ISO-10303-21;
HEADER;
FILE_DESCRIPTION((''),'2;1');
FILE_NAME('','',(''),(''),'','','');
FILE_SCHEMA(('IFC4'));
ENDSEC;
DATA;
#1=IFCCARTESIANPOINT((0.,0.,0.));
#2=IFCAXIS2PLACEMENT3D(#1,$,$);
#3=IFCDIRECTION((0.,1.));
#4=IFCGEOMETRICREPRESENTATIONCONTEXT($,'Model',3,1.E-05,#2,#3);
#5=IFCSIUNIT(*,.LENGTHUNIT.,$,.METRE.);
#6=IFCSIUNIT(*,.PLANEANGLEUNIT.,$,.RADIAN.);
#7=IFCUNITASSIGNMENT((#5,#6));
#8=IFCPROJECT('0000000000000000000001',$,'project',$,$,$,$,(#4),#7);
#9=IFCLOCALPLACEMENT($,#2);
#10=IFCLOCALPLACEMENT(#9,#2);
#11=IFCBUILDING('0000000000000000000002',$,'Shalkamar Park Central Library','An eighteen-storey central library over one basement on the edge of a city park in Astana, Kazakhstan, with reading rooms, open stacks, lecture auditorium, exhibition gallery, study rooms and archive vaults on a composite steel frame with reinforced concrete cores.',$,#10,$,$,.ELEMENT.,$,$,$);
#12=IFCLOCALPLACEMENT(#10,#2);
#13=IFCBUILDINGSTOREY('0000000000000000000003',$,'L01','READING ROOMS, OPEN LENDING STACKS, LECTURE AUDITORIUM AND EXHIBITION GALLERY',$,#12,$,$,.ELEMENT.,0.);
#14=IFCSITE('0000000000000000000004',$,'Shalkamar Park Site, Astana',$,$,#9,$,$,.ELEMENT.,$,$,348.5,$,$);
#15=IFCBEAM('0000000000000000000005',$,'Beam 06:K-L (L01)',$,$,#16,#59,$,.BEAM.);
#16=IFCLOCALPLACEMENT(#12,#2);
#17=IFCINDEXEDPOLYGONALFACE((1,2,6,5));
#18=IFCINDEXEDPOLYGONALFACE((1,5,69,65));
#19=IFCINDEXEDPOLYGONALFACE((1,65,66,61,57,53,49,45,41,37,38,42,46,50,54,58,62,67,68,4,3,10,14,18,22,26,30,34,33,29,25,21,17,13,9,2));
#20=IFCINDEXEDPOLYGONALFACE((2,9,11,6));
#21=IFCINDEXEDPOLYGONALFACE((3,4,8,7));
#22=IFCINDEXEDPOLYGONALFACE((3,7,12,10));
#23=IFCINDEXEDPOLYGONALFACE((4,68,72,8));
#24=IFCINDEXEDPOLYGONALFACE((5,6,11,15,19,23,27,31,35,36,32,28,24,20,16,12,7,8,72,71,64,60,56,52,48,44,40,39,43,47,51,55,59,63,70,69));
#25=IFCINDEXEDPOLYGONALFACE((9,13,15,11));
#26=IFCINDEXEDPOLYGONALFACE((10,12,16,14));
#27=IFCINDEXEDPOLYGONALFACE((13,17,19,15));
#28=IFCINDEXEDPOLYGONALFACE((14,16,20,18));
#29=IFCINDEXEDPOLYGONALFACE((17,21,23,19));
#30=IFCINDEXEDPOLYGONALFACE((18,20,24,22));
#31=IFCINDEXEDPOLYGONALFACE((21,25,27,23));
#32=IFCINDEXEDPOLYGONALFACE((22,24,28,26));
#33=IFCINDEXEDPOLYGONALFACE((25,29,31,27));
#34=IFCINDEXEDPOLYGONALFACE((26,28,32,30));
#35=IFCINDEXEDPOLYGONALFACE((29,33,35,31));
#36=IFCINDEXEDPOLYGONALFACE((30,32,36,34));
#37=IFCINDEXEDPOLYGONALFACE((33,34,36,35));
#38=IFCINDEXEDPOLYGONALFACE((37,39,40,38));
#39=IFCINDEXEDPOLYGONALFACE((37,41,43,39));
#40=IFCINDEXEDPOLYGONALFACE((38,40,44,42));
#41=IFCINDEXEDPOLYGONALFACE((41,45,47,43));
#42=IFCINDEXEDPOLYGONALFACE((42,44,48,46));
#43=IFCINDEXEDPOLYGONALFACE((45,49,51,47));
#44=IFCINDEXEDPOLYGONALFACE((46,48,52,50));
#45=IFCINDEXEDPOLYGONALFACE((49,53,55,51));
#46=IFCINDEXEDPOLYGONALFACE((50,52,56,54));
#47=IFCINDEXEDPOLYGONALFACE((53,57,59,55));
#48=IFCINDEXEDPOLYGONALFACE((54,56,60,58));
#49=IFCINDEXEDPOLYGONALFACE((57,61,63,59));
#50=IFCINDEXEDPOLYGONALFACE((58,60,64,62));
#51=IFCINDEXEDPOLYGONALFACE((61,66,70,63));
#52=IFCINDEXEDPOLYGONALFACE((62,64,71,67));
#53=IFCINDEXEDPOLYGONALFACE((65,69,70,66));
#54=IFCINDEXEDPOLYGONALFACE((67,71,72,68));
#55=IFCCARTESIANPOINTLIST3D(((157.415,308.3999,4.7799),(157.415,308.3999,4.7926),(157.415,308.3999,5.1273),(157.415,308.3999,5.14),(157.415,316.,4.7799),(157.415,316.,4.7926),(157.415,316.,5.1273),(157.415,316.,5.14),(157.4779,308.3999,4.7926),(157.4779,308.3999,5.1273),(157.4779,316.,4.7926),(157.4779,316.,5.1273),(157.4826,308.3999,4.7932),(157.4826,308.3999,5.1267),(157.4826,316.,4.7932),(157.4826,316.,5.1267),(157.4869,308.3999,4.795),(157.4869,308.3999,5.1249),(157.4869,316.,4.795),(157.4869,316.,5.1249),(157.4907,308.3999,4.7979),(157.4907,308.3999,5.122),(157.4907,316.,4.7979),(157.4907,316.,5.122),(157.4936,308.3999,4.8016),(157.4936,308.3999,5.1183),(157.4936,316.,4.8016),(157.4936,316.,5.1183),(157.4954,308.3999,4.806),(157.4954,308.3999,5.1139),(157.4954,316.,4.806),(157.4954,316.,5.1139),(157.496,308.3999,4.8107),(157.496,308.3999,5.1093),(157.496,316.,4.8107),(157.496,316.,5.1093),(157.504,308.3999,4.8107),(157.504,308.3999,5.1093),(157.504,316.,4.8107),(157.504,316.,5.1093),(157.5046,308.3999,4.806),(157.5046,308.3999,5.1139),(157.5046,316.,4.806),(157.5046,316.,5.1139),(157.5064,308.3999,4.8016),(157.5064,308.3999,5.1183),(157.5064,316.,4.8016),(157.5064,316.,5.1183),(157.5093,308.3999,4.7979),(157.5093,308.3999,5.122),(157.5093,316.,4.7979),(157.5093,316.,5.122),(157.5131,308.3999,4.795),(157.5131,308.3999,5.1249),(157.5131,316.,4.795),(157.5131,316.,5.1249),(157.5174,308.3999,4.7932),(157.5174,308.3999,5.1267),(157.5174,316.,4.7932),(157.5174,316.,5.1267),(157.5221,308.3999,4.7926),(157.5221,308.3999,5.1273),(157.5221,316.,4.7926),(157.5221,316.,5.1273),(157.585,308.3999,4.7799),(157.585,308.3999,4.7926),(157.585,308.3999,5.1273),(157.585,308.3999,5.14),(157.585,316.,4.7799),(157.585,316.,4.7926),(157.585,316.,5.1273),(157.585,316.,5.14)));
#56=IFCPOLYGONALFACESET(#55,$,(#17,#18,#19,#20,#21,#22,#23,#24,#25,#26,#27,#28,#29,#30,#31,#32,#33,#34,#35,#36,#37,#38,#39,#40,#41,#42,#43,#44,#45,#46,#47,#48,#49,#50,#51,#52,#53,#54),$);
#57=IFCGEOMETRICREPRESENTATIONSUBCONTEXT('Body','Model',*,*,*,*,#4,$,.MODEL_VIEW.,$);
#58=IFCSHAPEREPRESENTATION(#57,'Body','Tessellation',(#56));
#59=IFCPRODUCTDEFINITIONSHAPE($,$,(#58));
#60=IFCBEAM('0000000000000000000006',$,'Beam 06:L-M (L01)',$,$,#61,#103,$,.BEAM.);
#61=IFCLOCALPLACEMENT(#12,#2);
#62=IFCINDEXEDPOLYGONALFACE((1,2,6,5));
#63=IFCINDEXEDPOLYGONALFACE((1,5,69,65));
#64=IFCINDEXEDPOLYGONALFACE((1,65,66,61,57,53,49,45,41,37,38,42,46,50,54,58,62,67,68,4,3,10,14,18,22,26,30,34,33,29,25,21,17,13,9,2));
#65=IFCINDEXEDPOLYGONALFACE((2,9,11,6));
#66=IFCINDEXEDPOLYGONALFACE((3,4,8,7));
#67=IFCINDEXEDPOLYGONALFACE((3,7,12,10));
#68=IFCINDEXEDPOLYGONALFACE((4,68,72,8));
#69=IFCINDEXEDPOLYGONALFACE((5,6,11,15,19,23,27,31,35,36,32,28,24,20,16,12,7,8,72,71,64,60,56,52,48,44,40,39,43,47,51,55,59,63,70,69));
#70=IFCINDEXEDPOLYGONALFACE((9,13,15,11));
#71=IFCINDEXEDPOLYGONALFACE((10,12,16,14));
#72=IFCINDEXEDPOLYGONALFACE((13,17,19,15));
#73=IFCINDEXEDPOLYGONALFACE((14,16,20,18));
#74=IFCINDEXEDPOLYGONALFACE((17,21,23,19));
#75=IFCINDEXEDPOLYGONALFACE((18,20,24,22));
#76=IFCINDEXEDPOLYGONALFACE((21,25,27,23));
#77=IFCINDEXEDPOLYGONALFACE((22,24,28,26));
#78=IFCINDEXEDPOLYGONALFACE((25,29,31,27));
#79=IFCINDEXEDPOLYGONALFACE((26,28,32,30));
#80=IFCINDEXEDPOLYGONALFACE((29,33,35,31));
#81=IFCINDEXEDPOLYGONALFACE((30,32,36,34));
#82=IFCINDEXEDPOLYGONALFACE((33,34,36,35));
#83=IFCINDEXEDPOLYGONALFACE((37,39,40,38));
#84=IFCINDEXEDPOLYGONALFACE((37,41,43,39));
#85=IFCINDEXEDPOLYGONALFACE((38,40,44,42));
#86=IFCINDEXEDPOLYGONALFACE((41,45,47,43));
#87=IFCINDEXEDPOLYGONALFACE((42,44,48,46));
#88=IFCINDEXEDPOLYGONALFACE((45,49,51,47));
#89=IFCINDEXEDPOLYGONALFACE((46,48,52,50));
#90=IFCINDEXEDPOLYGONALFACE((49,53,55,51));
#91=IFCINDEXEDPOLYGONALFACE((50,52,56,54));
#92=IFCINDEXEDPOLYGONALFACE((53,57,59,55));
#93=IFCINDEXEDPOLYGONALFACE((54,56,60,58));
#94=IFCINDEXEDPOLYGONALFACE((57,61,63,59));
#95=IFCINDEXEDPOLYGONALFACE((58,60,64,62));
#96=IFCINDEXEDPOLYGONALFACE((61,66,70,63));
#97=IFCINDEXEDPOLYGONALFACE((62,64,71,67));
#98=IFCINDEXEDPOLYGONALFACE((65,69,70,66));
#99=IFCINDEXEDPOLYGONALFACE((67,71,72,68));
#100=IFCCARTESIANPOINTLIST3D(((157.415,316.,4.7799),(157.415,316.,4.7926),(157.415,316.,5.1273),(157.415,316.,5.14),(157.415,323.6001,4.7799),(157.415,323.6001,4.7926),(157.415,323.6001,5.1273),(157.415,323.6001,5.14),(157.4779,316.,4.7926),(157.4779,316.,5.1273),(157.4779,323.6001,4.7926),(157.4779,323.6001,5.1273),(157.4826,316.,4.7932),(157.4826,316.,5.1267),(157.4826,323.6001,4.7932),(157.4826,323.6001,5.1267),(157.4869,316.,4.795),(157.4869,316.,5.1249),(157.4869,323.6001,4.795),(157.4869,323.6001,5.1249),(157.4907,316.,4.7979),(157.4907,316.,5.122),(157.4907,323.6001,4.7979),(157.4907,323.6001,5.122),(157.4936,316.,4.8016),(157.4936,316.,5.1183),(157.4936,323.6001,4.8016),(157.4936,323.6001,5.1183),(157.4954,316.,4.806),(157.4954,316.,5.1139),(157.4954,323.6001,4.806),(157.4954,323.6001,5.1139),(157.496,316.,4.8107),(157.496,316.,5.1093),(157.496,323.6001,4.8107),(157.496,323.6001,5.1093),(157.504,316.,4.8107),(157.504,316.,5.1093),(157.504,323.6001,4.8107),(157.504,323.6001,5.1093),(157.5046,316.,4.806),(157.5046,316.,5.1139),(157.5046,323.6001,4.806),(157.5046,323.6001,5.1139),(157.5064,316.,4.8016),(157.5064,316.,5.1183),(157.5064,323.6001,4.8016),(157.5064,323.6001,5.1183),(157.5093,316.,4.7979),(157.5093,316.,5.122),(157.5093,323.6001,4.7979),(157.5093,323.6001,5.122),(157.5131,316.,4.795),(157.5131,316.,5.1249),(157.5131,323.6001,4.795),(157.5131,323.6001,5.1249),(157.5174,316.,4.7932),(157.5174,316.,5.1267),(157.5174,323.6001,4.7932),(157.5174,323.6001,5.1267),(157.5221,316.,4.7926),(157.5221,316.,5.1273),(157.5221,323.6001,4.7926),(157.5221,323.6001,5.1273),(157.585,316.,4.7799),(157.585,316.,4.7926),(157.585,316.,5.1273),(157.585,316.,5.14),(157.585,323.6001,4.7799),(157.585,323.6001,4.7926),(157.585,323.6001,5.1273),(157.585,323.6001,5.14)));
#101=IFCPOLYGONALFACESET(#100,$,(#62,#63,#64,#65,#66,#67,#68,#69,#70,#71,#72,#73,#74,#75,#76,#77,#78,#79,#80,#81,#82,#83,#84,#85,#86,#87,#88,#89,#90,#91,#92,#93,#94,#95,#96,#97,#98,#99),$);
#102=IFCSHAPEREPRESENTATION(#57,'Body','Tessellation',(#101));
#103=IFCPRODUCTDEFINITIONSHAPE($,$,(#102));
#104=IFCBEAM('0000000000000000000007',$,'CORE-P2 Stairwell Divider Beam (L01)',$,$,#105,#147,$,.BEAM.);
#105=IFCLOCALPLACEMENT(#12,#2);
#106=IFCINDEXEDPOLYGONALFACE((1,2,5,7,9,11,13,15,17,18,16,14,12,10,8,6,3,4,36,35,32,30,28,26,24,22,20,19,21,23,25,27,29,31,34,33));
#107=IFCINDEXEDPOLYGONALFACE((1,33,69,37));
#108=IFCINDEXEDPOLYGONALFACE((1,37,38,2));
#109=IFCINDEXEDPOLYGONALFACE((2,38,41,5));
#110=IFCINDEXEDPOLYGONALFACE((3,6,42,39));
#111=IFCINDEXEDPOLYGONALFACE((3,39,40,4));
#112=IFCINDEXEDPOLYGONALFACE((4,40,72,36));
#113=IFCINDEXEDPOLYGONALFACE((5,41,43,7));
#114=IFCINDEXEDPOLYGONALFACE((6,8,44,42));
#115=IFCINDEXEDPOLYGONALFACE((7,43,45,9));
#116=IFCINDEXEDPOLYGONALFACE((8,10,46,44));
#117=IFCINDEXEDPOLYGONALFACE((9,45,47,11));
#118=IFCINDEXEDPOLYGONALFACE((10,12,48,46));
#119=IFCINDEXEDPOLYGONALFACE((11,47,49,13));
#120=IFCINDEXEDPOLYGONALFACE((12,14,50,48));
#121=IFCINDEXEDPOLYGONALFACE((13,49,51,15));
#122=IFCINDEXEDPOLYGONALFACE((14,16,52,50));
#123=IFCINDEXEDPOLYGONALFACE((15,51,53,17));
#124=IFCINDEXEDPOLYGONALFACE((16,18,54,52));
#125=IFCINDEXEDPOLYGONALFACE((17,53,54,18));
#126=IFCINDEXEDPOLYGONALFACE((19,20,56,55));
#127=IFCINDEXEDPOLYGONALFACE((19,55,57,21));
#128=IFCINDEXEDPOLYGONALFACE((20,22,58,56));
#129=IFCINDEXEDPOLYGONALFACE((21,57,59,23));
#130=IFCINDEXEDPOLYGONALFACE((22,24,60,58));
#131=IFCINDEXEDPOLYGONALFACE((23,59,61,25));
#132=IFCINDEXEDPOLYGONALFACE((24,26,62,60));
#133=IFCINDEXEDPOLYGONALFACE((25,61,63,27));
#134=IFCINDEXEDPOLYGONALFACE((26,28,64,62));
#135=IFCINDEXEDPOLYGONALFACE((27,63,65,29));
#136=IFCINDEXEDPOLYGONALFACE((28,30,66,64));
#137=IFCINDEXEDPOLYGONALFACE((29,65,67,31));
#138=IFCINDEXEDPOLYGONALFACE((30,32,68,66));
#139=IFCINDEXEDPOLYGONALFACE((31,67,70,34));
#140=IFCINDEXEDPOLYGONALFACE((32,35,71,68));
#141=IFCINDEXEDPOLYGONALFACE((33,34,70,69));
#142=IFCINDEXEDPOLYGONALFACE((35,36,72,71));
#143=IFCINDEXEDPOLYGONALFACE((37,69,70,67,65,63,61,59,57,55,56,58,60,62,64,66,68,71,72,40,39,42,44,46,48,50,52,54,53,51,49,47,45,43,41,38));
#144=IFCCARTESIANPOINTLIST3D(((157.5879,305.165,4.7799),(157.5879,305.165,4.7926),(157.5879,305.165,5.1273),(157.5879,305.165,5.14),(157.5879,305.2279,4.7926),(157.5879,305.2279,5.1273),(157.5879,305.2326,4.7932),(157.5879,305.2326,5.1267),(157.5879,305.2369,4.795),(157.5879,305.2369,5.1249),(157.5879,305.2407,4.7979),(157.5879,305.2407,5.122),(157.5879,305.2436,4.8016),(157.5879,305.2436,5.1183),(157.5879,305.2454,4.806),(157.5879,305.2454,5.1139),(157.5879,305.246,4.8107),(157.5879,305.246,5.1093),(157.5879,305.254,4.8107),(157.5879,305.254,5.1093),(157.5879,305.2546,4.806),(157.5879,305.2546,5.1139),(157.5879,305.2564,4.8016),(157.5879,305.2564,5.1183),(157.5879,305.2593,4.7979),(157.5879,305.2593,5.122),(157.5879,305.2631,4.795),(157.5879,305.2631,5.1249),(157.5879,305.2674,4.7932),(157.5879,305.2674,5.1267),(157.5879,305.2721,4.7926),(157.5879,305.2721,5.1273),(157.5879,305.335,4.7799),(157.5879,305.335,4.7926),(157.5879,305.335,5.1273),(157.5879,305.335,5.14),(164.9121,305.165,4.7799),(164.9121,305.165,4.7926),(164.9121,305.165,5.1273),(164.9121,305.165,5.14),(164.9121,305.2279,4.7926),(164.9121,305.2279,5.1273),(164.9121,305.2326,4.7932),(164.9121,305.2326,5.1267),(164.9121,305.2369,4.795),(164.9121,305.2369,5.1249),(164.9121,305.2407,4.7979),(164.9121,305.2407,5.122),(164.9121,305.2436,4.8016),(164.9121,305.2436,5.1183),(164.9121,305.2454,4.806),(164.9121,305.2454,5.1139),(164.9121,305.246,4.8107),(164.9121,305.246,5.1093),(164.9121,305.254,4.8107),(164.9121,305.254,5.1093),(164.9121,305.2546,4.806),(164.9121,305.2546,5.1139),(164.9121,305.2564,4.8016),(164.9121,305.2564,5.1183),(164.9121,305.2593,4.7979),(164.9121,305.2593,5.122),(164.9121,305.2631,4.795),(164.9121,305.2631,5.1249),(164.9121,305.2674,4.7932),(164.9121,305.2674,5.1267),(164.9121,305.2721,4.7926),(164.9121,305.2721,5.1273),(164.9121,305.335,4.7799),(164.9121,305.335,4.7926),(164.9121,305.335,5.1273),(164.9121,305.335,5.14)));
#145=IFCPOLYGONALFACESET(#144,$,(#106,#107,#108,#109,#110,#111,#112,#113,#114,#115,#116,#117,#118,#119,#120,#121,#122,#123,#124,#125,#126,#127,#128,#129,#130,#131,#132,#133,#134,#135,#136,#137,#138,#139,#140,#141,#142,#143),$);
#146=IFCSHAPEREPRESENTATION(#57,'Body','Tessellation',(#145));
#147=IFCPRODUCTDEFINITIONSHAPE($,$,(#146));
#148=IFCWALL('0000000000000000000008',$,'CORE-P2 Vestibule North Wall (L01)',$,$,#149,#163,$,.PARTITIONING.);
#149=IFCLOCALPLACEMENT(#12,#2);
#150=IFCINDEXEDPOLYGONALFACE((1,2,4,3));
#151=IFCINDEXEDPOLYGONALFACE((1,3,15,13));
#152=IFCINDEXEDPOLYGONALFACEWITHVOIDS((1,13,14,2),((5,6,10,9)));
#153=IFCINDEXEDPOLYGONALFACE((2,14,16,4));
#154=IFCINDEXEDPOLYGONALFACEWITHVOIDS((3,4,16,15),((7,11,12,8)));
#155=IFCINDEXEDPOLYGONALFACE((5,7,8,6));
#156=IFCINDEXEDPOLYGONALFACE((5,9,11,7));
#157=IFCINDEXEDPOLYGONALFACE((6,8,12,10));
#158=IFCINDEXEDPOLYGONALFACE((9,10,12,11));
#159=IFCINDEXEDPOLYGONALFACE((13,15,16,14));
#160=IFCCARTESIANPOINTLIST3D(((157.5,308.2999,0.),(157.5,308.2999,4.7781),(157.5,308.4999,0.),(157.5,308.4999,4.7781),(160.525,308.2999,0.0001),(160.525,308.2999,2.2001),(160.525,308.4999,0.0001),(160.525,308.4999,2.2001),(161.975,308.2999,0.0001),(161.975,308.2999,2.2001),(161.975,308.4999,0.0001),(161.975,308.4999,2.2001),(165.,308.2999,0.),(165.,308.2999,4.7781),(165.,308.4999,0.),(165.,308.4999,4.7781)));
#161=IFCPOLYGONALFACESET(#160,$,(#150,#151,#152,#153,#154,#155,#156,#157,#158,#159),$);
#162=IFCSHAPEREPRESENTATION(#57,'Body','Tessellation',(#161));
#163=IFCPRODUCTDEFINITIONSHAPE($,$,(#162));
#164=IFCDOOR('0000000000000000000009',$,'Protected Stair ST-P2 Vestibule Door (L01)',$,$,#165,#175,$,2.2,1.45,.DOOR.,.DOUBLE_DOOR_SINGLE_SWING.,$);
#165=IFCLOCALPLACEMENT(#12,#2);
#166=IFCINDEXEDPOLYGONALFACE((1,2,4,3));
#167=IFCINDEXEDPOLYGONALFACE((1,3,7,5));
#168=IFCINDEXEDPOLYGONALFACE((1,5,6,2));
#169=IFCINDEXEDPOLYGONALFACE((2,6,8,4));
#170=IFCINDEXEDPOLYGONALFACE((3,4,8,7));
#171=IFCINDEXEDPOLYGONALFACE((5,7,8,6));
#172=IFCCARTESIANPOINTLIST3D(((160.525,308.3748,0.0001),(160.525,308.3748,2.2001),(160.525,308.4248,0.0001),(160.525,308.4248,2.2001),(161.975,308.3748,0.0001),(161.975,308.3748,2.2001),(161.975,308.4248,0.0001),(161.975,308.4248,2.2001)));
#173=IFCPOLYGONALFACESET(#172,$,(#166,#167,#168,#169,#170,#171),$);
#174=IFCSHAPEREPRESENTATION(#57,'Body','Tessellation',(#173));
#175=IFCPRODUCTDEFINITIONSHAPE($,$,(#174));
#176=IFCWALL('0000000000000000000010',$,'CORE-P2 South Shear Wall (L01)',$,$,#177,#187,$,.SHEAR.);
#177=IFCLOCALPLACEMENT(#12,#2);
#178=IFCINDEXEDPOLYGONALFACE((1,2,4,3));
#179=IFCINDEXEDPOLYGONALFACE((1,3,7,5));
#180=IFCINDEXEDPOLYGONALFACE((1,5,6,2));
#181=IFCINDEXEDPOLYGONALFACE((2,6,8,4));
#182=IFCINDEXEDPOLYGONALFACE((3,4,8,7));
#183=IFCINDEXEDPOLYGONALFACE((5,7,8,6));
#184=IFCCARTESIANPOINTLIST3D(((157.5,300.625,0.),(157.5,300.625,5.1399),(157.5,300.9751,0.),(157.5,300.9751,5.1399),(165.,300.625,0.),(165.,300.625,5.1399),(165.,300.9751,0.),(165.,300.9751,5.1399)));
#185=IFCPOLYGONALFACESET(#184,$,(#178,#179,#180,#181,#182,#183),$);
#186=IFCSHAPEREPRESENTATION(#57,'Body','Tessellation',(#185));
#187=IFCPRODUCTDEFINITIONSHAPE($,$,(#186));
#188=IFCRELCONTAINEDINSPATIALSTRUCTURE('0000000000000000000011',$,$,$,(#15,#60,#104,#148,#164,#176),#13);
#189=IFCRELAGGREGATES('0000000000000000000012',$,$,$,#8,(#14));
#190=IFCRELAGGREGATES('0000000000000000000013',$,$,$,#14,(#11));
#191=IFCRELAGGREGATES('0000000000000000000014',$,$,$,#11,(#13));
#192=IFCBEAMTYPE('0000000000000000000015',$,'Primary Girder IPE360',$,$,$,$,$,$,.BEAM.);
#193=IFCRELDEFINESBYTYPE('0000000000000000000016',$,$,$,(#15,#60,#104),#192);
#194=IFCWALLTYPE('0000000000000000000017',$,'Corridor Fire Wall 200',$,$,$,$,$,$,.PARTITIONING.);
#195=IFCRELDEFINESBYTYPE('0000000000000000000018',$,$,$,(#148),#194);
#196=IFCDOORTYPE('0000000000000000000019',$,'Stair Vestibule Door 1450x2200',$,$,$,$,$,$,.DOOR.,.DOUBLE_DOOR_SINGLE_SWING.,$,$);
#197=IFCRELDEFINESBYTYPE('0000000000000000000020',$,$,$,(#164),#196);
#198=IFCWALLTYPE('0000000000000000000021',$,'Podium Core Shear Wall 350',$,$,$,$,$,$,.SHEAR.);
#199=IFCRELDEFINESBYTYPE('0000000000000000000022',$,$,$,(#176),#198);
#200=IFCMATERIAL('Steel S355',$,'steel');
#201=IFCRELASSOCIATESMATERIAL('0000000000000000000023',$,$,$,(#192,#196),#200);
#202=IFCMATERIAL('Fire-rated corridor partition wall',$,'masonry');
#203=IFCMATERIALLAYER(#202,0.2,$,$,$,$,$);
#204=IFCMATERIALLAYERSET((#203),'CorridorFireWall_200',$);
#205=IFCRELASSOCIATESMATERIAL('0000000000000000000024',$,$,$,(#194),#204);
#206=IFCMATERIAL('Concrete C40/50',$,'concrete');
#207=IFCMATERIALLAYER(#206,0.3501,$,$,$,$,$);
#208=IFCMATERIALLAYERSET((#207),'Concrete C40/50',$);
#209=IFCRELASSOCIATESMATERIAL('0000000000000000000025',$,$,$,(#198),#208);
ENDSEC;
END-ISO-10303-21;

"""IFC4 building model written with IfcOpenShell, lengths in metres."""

from ifc_helpers import new_model, si_unit, direction, frame, frame_2d, origin, origin_2d, place, context, subcontext, project, spatial, rectangle, i_section, extrude, material, layer, layer_set, material_profile, profile_set, type_object, element, fill, save


model = new_model("IFC4")

# Units and contexts
model_context = context("Model", 3, precision=1e-05, world=origin(), true_north=direction((0.0, 1.0)))
body_context = subcontext(model_context, "Body", "Model", "MODEL_VIEW")
ifc_project = project(units=[si_unit("LENGTHUNIT", "METRE"), si_unit("PLANEANGLEUNIT", "RADIAN")], contexts=[model_context])

# Site, building, storey
site_placement = place(None, origin())
site = spatial("IfcSite", under=ifc_project, at=site_placement, Name="Shalkamar Park Site, Astana", CompositionType="ELEMENT", RefElevation=348.5)
building_placement = place(site_placement, origin())
building = spatial("IfcBuilding", under=site, at=building_placement, Name="Shalkamar Park Central Library", Description="An eighteen-storey central library over one basement on the edge of a city park in Astana, Kazakhstan, with reading rooms, open stacks, lecture auditorium, exhibition gallery, study rooms and archive vaults on a composite steel frame with reinforced concrete cores.", CompositionType="ELEMENT")
storey_placement = place(building_placement, origin())
storey = spatial("IfcBuildingStorey", under=building, at=storey_placement, Name="L01", Description="READING ROOMS, OPEN LENDING STACKS, LECTURE AUDITORIUM AND EXHIBITION GALLERY", CompositionType="ELEMENT", Elevation=0.0)

# Shared definitions
ifc_material_1 = material(Name="Steel S355", Category="steel")

# Beams
ifc_material_profile_1 = material_profile(ifc_material_1, i_section(OverallWidth=0.1699, OverallDepth=0.3601, WebThickness=0.0081, FlangeThickness=0.0127, FilletRadius=0.0181, at=origin_2d()), Name="IPE 360")
ifc_profile_set_1 = profile_set([ifc_material_profile_1], Name="Steel S355")
beam_type = type_object("IfcBeamType", Name="Primary Girder IPE360", PredefinedType="BEAM", material=ifc_profile_set_1)
for number, where, z_axis, x_axis, name in (
    (1, (157.5, 308.3999, 4.96), (0.0, 1.0, 0.0), (-1.0, 0.0, 0.0), "Beam 06:K-L (L01)"),
    (2, (157.5, 316.0, 4.96), (0.0, 1.0, 0.0), (-1.0, 0.0, 0.0), "Beam 06:L-M (L01)"),
):
    element("IfcBeam", number, at=place(storey_placement, frame(where, z_axis=z_axis, x_axis=x_axis)), inside=storey, type_object=beam_type, Name=name, PredefinedType="BEAM", context=body_context, shape_type="SweptSolid", body=[
        extrude(i_section(OverallWidth=0.1699, OverallDepth=0.3601, WebThickness=0.0081, FlangeThickness=0.0127, FilletRadius=0.0181, at=origin_2d()), origin(), (0.0, 0.0, 1.0), 7.6001),
    ])
beam_1_placement = place(storey_placement, frame((157.5879, 305.25, 4.96), z_axis=(1.0, 0.0, 0.0), x_axis=(0.0, 1.0, 0.0)))
element("IfcBeam", 3, at=beam_1_placement, inside=storey, type_object=beam_type, Name="CORE-P2 Stairwell Divider Beam (L01)", PredefinedType="BEAM", context=body_context, shape_type="SweptSolid", body=[
    extrude(i_section(OverallWidth=0.1699, OverallDepth=0.3601, WebThickness=0.0081, FlangeThickness=0.0127, FilletRadius=0.0181, at=origin_2d()), origin(), (0.0, 0.0, 1.0), 7.3242),
])

# Wall, opening, door
ifc_material_2 = material(Name="Fire-rated corridor partition wall", Category="masonry")
ifc_layer_1 = layer(ifc_material_2, 0.2)
ifc_layer_set_1 = layer_set([ifc_layer_1], Name="CorridorFireWall_200")
wall_type_1 = type_object("IfcWallType", Name="Corridor Fire Wall 200", PredefinedType="PARTITIONING", material=ifc_layer_set_1)
wall_1_placement = place(storey_placement, frame((157.5, 308.3999, 0.0), z_axis=(0.0, 0.0, 1.0), x_axis=(1.0, 0.0, 0.0)))
wall_1 = element("IfcWall", 4, at=wall_1_placement, inside=storey, type_object=wall_type_1, Name="CORE-P2 Vestibule North Wall (L01)", PredefinedType="PARTITIONING", context=body_context, shape_type="SweptSolid", body=[
    extrude(rectangle(XDim=7.5, YDim=0.2, at=frame_2d((3.75, 0.0))), origin(), (0.0, 0.0, 1.0), 4.7781),
])
opening_1_placement = place(wall_1_placement, frame((3.0249, 0.0, 0.0)))
opening_1 = element("IfcOpeningElement", 5, at=opening_1_placement, cuts=wall_1, PredefinedType="OPENING", context=body_context, shape_type="SweptSolid", body=[
    extrude(rectangle(XDim=1.45, YDim=2.2, at=frame_2d((0.7251, 1.1001))), frame((0.0, 0.1147, 0.0), z_axis=(0.0, -1.0, 0.0), x_axis=(1.0, 0.0, 0.0)), (0.0, 0.0, 1.0), 0.2297),
])
door_type_1 = type_object("IfcDoorType", Name="Stair Vestibule Door 1450x2200", OperationType="DOUBLE_DOOR_SINGLE_SWING", PredefinedType="DOOR", material=ifc_material_1)
door_1_placement = place(opening_1_placement, origin())
door_1 = element("IfcDoor", 6, at=door_1_placement, inside=storey, type_object=door_type_1, Name="Protected Stair ST-P2 Vestibule Door (L01)", OperationType="DOUBLE_DOOR_SINGLE_SWING", OverallHeight=2.2, OverallWidth=1.45, PredefinedType="DOOR", context=body_context, shape_type="SweptSolid", body=[
    extrude(rectangle(XDim=1.45, YDim=2.2, at=frame_2d((0.7251, 1.1001))), frame((0.0, 0.0249, 0.0), z_axis=(0.0, -1.0, 0.0), x_axis=(1.0, 0.0, 0.0)), (0.0, 0.0, 1.0), 0.05),
])
fill(opening_1, door_1)

# Wall
ifc_material_3 = material(Name="Concrete C40/50", Category="concrete")
ifc_layer_2 = layer(ifc_material_3, 0.3501)
ifc_layer_set_2 = layer_set([ifc_layer_2], Name="Concrete C40/50")
wall_type_2 = type_object("IfcWallType", Name="Podium Core Shear Wall 350", PredefinedType="SHEAR", material=ifc_layer_set_2)
wall_2_placement = place(storey_placement, frame((157.5, 300.8, 0.0), z_axis=(0.0, 0.0, 1.0), x_axis=(1.0, 0.0, 0.0)))
element("IfcWall", 7, at=wall_2_placement, inside=storey, type_object=wall_type_2, Name="CORE-P2 South Shear Wall (L01)", PredefinedType="SHEAR", context=body_context, shape_type="SweptSolid", body=[
    extrude(rectangle(XDim=7.5, YDim=0.3501, at=frame_2d((3.75, 0.0))), origin(), (0.0, 0.0, 1.0), 5.1399),
])

save(model, "model.ifc")
